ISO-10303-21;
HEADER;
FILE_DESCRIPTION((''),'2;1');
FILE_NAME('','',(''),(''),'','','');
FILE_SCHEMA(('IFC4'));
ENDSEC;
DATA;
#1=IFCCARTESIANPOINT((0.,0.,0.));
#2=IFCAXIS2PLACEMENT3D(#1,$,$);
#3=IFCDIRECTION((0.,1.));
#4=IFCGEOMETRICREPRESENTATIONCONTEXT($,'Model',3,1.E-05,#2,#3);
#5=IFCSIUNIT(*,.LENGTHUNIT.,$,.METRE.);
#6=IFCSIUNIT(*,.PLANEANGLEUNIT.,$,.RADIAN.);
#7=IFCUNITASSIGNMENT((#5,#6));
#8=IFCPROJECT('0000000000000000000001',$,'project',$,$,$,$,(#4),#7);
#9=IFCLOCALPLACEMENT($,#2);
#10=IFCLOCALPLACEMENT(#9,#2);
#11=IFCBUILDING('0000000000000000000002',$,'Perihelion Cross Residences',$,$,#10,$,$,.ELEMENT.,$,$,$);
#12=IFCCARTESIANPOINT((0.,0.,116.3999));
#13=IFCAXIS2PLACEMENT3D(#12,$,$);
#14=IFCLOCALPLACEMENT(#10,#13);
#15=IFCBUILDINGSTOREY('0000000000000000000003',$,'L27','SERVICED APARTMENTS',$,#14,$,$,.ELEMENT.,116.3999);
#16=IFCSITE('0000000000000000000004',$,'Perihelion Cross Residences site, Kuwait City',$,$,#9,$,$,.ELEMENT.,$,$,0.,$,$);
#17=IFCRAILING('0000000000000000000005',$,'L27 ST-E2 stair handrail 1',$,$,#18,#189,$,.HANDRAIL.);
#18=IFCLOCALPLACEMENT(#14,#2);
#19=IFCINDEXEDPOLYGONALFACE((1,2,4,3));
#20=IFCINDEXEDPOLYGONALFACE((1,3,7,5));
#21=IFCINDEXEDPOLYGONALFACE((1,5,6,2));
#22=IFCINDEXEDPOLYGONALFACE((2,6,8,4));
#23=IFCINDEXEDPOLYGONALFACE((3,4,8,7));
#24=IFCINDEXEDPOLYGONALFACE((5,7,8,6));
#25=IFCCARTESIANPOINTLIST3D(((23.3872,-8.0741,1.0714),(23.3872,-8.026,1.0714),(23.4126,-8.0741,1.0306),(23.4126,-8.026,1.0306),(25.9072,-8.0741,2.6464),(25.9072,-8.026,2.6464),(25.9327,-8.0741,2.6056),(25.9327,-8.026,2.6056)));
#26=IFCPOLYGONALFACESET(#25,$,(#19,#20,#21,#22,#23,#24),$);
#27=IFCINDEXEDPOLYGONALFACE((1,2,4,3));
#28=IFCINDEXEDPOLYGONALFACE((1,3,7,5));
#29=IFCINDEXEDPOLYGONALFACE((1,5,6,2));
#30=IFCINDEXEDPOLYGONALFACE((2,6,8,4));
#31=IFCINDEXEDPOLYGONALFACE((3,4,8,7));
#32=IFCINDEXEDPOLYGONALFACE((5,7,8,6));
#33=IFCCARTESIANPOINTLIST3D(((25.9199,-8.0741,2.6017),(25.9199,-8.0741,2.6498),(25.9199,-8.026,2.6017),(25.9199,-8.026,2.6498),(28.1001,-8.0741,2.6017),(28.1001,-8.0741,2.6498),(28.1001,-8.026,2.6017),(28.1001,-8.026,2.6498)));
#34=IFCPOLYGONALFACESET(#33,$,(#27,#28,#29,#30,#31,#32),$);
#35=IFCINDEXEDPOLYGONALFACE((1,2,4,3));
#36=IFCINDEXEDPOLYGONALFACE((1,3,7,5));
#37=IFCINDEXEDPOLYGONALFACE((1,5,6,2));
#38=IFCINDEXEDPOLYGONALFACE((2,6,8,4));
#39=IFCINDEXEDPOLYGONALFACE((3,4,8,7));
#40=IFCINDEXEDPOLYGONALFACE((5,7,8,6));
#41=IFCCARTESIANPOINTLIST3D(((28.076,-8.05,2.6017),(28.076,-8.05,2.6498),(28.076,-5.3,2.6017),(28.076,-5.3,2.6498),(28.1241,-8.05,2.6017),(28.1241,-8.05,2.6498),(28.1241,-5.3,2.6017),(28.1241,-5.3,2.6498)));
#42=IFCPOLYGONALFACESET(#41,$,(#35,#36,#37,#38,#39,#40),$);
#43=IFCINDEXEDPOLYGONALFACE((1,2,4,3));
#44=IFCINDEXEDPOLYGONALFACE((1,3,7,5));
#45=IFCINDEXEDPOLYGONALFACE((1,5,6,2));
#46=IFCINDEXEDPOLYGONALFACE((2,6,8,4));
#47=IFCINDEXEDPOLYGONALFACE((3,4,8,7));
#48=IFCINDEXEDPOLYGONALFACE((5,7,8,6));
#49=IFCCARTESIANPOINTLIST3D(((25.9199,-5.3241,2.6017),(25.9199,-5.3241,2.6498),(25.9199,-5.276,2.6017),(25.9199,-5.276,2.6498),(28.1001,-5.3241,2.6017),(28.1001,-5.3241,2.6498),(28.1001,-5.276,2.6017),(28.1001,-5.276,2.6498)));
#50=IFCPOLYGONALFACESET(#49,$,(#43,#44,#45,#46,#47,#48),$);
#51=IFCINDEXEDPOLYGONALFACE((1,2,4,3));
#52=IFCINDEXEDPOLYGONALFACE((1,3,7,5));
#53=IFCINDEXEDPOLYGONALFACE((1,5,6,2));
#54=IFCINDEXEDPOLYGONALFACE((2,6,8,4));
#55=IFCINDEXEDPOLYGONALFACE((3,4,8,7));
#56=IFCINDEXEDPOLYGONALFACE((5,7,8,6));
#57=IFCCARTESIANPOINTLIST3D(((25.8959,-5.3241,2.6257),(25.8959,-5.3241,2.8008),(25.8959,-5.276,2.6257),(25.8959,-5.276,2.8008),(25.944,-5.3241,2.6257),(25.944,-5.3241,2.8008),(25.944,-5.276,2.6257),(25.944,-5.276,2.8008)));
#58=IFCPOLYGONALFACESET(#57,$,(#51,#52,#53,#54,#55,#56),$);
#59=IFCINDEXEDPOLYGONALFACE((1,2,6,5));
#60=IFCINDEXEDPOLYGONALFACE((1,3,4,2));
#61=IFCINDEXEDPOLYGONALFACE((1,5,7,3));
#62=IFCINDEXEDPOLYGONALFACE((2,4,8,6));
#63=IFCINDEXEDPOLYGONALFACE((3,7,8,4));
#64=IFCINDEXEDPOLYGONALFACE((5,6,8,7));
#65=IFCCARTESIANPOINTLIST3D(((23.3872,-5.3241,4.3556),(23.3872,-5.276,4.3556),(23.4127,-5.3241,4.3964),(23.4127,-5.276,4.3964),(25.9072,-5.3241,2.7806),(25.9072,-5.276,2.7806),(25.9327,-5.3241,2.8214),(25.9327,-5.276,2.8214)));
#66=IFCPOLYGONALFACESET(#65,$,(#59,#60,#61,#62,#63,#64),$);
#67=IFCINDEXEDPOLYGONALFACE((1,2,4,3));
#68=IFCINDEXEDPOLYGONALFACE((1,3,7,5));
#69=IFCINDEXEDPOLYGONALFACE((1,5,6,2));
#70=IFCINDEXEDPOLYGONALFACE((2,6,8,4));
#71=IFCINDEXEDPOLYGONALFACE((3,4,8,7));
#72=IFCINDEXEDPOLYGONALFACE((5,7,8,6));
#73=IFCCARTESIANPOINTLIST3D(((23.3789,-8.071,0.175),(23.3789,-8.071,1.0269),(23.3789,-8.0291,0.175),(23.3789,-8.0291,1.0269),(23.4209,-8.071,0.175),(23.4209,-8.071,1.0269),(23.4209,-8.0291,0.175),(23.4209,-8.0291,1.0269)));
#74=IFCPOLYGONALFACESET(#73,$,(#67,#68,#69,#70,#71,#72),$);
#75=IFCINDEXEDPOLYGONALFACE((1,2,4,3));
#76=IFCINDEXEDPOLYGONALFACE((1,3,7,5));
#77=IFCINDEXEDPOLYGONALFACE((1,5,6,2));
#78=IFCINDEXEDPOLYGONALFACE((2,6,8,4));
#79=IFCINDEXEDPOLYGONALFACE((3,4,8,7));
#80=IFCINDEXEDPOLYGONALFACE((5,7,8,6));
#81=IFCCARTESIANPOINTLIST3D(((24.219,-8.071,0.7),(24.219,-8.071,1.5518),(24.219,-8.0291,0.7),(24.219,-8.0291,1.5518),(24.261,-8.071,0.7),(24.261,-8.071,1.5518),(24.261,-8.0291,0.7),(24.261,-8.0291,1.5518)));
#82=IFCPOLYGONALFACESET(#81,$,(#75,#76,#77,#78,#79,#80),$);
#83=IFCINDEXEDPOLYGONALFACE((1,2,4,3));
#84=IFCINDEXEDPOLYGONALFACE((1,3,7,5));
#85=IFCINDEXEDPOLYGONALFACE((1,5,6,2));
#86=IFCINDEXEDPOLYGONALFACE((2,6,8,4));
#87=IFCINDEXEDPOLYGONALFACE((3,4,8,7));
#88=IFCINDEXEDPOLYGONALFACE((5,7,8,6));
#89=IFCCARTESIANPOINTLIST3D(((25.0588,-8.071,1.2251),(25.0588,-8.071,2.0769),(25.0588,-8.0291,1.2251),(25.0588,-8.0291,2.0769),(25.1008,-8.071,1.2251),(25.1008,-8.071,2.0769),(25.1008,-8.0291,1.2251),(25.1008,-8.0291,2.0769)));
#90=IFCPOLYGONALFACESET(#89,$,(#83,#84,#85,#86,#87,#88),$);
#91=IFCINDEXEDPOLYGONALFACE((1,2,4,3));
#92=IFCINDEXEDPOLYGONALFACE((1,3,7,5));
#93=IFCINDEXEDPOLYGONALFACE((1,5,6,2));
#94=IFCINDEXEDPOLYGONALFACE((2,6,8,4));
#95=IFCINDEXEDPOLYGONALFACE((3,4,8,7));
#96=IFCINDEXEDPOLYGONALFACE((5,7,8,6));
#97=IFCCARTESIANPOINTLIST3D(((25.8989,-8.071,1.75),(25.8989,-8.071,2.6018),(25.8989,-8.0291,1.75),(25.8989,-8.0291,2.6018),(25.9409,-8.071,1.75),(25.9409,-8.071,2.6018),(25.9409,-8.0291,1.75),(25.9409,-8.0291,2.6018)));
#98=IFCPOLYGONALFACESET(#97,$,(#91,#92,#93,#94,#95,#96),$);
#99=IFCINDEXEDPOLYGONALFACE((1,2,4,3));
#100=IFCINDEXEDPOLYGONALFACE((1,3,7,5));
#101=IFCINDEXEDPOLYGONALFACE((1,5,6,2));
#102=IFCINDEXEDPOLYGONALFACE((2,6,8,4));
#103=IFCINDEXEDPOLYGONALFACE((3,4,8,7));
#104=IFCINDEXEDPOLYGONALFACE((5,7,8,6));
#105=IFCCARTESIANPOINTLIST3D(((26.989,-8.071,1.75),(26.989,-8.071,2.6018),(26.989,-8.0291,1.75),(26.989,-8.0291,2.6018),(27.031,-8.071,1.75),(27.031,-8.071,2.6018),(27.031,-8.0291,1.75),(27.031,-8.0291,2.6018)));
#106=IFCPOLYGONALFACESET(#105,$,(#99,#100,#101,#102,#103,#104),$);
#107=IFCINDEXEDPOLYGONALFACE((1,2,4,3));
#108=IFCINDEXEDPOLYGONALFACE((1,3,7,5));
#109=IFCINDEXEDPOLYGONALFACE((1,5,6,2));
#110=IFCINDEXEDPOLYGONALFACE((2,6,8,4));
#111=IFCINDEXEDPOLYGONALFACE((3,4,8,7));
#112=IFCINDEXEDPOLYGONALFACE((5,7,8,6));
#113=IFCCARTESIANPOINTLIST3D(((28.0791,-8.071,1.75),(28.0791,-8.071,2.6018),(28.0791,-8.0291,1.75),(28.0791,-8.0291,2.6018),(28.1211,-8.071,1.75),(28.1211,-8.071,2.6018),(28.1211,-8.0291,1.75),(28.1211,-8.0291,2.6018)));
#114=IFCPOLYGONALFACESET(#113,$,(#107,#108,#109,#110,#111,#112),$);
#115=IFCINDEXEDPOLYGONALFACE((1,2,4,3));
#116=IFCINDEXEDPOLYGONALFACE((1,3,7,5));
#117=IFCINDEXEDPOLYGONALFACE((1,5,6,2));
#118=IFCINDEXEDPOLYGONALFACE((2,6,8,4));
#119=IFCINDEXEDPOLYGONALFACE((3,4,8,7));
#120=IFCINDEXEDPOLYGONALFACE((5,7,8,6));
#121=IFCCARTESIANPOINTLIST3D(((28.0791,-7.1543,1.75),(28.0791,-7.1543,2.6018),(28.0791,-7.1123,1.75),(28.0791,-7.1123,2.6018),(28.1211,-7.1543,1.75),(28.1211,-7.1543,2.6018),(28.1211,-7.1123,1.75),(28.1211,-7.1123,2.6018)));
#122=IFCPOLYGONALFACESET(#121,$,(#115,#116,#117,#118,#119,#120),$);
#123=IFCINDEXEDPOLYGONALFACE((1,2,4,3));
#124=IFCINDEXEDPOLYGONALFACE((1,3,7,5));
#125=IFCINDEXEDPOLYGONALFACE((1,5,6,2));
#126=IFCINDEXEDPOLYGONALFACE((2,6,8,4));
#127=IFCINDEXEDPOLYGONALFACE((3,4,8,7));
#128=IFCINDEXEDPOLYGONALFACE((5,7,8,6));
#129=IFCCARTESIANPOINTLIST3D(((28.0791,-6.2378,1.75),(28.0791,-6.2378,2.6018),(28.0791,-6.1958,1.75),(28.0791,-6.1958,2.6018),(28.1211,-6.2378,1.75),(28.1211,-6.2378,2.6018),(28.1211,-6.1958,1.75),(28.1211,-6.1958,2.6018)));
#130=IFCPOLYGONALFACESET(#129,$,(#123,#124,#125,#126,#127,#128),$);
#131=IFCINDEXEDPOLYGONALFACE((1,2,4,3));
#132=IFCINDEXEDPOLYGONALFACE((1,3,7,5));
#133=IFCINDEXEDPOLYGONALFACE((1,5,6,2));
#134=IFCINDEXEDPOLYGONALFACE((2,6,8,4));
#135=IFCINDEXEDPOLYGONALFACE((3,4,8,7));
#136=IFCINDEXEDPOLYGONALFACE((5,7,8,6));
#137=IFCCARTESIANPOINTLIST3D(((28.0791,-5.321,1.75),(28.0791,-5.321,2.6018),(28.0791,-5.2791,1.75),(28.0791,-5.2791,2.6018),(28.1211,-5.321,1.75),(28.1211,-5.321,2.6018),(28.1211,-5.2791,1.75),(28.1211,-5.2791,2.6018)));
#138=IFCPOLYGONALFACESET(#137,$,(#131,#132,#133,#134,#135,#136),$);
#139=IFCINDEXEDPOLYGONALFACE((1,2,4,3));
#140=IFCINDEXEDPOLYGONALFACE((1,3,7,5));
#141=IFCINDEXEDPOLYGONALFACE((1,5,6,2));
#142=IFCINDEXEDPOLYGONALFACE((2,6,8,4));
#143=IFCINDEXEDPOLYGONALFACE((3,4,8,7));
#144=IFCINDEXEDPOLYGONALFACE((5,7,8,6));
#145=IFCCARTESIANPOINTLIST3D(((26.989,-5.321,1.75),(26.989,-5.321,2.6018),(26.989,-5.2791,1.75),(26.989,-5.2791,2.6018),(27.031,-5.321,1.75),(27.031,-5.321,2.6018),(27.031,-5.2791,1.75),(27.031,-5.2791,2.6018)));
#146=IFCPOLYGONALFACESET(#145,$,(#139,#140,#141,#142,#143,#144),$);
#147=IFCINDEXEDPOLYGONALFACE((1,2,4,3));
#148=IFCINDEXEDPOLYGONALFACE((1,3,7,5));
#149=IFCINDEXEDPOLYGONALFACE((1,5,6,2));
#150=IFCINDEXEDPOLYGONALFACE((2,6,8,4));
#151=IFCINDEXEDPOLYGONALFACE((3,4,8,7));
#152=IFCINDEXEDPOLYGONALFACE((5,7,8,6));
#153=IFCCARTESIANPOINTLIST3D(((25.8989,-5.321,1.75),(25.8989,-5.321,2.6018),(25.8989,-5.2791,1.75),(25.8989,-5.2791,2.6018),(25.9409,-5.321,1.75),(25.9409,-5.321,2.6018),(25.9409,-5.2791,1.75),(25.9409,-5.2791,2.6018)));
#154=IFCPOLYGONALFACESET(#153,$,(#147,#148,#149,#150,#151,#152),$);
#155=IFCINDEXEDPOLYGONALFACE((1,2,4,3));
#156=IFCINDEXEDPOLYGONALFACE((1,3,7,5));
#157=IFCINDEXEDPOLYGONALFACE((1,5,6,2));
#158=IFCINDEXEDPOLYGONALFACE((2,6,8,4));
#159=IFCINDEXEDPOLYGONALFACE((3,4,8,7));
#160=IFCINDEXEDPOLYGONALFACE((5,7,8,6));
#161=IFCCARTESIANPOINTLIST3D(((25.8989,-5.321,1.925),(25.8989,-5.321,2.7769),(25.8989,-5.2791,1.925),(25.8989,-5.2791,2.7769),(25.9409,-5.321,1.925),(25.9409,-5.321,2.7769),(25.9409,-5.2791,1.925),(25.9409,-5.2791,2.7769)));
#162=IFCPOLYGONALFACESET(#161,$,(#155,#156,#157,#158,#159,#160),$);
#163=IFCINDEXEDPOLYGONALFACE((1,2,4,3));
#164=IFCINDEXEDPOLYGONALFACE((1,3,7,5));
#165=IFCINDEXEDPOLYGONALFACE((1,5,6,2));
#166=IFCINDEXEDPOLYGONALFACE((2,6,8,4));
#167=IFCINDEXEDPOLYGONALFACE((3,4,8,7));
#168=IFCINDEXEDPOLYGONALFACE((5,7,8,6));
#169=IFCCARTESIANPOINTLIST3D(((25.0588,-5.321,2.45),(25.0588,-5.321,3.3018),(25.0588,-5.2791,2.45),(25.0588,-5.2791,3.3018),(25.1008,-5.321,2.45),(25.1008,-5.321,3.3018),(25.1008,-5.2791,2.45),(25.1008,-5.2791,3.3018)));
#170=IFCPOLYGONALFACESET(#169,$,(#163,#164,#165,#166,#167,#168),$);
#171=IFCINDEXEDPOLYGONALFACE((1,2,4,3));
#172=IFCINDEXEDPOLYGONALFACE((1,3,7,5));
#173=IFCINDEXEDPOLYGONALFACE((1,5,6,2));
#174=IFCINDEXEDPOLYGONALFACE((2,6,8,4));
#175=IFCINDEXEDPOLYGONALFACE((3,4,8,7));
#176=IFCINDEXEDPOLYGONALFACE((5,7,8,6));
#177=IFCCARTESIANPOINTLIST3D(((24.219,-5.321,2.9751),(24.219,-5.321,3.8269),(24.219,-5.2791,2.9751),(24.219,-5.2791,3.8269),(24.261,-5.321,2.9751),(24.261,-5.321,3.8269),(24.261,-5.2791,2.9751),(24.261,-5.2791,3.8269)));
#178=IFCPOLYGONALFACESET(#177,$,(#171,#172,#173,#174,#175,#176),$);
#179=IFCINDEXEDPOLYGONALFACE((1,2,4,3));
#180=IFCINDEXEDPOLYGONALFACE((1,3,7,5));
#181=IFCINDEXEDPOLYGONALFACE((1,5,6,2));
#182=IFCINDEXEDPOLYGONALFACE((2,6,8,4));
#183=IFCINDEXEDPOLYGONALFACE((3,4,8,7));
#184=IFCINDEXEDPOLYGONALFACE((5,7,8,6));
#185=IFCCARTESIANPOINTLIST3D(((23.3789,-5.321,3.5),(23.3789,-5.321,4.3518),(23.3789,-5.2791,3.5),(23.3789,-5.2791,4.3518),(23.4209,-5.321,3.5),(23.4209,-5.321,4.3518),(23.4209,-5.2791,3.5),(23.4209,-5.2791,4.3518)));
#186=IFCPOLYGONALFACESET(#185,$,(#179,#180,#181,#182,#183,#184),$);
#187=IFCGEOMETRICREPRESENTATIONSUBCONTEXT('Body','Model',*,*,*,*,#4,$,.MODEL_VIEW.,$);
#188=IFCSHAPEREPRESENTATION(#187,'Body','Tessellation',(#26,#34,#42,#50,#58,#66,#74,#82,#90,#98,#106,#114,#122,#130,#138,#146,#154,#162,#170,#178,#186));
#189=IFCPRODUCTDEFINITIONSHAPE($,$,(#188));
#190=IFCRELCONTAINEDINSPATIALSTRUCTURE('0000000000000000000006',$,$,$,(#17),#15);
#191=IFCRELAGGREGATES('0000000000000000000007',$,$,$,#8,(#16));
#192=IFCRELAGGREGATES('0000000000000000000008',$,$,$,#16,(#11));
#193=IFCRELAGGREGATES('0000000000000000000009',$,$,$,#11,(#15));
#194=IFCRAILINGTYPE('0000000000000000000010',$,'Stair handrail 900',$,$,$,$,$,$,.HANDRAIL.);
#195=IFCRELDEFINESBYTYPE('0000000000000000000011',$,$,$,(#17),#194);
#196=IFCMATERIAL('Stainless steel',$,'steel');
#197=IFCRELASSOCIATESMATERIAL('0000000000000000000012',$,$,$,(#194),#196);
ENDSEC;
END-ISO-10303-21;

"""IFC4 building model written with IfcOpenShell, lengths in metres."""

from ifc_helpers import new_model, si_unit, direction, frame, origin, origin_2d, place, context, subcontext, project, spatial, rectangle, extrude, material, type_object, element, save


model = new_model("IFC4")

# Units and contexts
model_context = context("Model", 3, precision=1e-05, world=origin(), true_north=direction((0.0, 1.0)))
body_context = subcontext(model_context, "Body", "Model", "MODEL_VIEW")
ifc_project = project(units=[si_unit("LENGTHUNIT", "METRE"), si_unit("PLANEANGLEUNIT", "RADIAN")], contexts=[model_context])

# Site, building, storey
site_placement = place(None, origin())
site = spatial("IfcSite", under=ifc_project, at=site_placement, Name="Perihelion Cross Residences site, Kuwait City", CompositionType="ELEMENT", RefElevation=0.0)
building_placement = place(site_placement, origin())
building = spatial("IfcBuilding", under=site, at=building_placement, Name="Perihelion Cross Residences", CompositionType="ELEMENT")
storey_placement = place(building_placement, frame((0.0, 0.0, 116.3999)))
storey = spatial("IfcBuildingStorey", under=building, at=storey_placement, Name="L27", Description="SERVICED APARTMENTS", CompositionType="ELEMENT", Elevation=116.3999)

# Railing
ifc_material_1 = material(Name="Stainless steel", Category="steel")
railing_type_1 = type_object("IfcRailingType", Name="Stair handrail 900", PredefinedType="HANDRAIL", material=ifc_material_1)
railing_1_placement = place(storey_placement, frame((23.3999, -8.05, 0.175)))
element("IfcRailing", 1, at=railing_1_placement, inside=storey, type_object=railing_type_1, Name="L27 ST-E2 stair handrail 1", PredefinedType="HANDRAIL", context=body_context, shape_type="SweptSolid", body=[
    extrude(rectangle(XDim=0.0481, YDim=0.0481, at=origin_2d()), frame((0.0, 0.0, 0.876), z_axis=(0.848008, 0.0, 0.529984), x_axis=(0.0, 1.0, 0.0)), (0.0, 0.0, 1.0), 2.9717),
    extrude(rectangle(XDim=0.0481, YDim=0.0481, at=origin_2d()), frame((2.52, 0.0, 2.4507), z_axis=(1.0, 0.0, 0.0), x_axis=(0.0, 1.0, 0.0)), (0.0, 0.0, 1.0), 2.1802),
    extrude(rectangle(XDim=0.0481, YDim=0.0481, at=origin_2d()), frame((4.7002, 0.0, 2.4507), z_axis=(0.0, 1.0, 0.0), x_axis=(-1.0, 0.0, 0.0)), (0.0, 0.0, 1.0), 2.75),
    extrude(rectangle(XDim=0.0481, YDim=0.0481, at=origin_2d()), frame((4.7002, 2.75, 2.4507), z_axis=(-1.0, 0.0, 0.0), x_axis=(0.0, -1.0, 0.0)), (0.0, 0.0, 1.0), 2.1802),
    extrude(rectangle(XDim=0.0481, YDim=0.0481, at=origin_2d()), frame((2.52, 2.75, 2.4507), z_axis=(0.0, 0.0, 1.0), x_axis=(1.0, 0.0, 0.0)), (0.0, 0.0, 1.0), 0.175),
    extrude(rectangle(XDim=0.0481, YDim=0.0481, at=origin_2d()), frame((2.52, 2.75, 2.626), z_axis=(-0.848008, 0.0, 0.529984), x_axis=(0.0, -1.0, 0.0)), (0.0, 0.0, 1.0), 2.9717),
    extrude(rectangle(XDim=0.042, YDim=0.042, at=origin_2d()), origin(), (0.0, 0.0, 1.0), 0.8518),
    extrude(rectangle(XDim=0.042, YDim=0.042, at=origin_2d()), frame((0.8401, 0.0, 0.5249)), (0.0, 0.0, 1.0), 0.8518),
    extrude(rectangle(XDim=0.042, YDim=0.042, at=origin_2d()), frame((1.6799, 0.0, 1.05)), (0.0, 0.0, 1.0), 0.8518),
    extrude(rectangle(XDim=0.042, YDim=0.042, at=origin_2d()), frame((2.52, 0.0, 1.575)), (0.0, 0.0, 1.0), 0.8518),
    extrude(rectangle(XDim=0.042, YDim=0.042, at=origin_2d()), frame((3.6101, 0.0, 1.575)), (0.0, 0.0, 1.0), 0.8518),
    extrude(rectangle(XDim=0.042, YDim=0.042, at=origin_2d()), frame((4.7002, 0.0, 1.575)), (0.0, 0.0, 1.0), 0.8518),
    extrude(rectangle(XDim=0.042, YDim=0.042, at=origin_2d()), frame((4.7002, 0.9167, 1.575)), (0.0, 0.0, 1.0), 0.8518),
    extrude(rectangle(XDim=0.042, YDim=0.042, at=origin_2d()), frame((4.7002, 1.8333, 1.575)), (0.0, 0.0, 1.0), 0.8518),
    extrude(rectangle(XDim=0.042, YDim=0.042, at=origin_2d()), frame((4.7002, 2.75, 1.575)), (0.0, 0.0, 1.0), 0.8518),
    extrude(rectangle(XDim=0.042, YDim=0.042, at=origin_2d()), frame((3.6101, 2.75, 1.575)), (0.0, 0.0, 1.0), 0.8518),
    extrude(rectangle(XDim=0.042, YDim=0.042, at=origin_2d()), frame((2.52, 2.75, 1.575)), (0.0, 0.0, 1.0), 0.8518),
    extrude(rectangle(XDim=0.042, YDim=0.042, at=origin_2d()), frame((2.52, 2.75, 1.75)), (0.0, 0.0, 1.0), 0.8518),
    extrude(rectangle(XDim=0.042, YDim=0.042, at=origin_2d()), frame((1.6799, 2.75, 2.2749)), (0.0, 0.0, 1.0), 0.8518),
    extrude(rectangle(XDim=0.042, YDim=0.042, at=origin_2d()), frame((0.8401, 2.75, 2.8)), (0.0, 0.0, 1.0), 0.8518),
    extrude(rectangle(XDim=0.042, YDim=0.042, at=origin_2d()), frame((0.0, 2.75, 3.325)), (0.0, 0.0, 1.0), 0.8518),
])

save(model, "model.ifc")
